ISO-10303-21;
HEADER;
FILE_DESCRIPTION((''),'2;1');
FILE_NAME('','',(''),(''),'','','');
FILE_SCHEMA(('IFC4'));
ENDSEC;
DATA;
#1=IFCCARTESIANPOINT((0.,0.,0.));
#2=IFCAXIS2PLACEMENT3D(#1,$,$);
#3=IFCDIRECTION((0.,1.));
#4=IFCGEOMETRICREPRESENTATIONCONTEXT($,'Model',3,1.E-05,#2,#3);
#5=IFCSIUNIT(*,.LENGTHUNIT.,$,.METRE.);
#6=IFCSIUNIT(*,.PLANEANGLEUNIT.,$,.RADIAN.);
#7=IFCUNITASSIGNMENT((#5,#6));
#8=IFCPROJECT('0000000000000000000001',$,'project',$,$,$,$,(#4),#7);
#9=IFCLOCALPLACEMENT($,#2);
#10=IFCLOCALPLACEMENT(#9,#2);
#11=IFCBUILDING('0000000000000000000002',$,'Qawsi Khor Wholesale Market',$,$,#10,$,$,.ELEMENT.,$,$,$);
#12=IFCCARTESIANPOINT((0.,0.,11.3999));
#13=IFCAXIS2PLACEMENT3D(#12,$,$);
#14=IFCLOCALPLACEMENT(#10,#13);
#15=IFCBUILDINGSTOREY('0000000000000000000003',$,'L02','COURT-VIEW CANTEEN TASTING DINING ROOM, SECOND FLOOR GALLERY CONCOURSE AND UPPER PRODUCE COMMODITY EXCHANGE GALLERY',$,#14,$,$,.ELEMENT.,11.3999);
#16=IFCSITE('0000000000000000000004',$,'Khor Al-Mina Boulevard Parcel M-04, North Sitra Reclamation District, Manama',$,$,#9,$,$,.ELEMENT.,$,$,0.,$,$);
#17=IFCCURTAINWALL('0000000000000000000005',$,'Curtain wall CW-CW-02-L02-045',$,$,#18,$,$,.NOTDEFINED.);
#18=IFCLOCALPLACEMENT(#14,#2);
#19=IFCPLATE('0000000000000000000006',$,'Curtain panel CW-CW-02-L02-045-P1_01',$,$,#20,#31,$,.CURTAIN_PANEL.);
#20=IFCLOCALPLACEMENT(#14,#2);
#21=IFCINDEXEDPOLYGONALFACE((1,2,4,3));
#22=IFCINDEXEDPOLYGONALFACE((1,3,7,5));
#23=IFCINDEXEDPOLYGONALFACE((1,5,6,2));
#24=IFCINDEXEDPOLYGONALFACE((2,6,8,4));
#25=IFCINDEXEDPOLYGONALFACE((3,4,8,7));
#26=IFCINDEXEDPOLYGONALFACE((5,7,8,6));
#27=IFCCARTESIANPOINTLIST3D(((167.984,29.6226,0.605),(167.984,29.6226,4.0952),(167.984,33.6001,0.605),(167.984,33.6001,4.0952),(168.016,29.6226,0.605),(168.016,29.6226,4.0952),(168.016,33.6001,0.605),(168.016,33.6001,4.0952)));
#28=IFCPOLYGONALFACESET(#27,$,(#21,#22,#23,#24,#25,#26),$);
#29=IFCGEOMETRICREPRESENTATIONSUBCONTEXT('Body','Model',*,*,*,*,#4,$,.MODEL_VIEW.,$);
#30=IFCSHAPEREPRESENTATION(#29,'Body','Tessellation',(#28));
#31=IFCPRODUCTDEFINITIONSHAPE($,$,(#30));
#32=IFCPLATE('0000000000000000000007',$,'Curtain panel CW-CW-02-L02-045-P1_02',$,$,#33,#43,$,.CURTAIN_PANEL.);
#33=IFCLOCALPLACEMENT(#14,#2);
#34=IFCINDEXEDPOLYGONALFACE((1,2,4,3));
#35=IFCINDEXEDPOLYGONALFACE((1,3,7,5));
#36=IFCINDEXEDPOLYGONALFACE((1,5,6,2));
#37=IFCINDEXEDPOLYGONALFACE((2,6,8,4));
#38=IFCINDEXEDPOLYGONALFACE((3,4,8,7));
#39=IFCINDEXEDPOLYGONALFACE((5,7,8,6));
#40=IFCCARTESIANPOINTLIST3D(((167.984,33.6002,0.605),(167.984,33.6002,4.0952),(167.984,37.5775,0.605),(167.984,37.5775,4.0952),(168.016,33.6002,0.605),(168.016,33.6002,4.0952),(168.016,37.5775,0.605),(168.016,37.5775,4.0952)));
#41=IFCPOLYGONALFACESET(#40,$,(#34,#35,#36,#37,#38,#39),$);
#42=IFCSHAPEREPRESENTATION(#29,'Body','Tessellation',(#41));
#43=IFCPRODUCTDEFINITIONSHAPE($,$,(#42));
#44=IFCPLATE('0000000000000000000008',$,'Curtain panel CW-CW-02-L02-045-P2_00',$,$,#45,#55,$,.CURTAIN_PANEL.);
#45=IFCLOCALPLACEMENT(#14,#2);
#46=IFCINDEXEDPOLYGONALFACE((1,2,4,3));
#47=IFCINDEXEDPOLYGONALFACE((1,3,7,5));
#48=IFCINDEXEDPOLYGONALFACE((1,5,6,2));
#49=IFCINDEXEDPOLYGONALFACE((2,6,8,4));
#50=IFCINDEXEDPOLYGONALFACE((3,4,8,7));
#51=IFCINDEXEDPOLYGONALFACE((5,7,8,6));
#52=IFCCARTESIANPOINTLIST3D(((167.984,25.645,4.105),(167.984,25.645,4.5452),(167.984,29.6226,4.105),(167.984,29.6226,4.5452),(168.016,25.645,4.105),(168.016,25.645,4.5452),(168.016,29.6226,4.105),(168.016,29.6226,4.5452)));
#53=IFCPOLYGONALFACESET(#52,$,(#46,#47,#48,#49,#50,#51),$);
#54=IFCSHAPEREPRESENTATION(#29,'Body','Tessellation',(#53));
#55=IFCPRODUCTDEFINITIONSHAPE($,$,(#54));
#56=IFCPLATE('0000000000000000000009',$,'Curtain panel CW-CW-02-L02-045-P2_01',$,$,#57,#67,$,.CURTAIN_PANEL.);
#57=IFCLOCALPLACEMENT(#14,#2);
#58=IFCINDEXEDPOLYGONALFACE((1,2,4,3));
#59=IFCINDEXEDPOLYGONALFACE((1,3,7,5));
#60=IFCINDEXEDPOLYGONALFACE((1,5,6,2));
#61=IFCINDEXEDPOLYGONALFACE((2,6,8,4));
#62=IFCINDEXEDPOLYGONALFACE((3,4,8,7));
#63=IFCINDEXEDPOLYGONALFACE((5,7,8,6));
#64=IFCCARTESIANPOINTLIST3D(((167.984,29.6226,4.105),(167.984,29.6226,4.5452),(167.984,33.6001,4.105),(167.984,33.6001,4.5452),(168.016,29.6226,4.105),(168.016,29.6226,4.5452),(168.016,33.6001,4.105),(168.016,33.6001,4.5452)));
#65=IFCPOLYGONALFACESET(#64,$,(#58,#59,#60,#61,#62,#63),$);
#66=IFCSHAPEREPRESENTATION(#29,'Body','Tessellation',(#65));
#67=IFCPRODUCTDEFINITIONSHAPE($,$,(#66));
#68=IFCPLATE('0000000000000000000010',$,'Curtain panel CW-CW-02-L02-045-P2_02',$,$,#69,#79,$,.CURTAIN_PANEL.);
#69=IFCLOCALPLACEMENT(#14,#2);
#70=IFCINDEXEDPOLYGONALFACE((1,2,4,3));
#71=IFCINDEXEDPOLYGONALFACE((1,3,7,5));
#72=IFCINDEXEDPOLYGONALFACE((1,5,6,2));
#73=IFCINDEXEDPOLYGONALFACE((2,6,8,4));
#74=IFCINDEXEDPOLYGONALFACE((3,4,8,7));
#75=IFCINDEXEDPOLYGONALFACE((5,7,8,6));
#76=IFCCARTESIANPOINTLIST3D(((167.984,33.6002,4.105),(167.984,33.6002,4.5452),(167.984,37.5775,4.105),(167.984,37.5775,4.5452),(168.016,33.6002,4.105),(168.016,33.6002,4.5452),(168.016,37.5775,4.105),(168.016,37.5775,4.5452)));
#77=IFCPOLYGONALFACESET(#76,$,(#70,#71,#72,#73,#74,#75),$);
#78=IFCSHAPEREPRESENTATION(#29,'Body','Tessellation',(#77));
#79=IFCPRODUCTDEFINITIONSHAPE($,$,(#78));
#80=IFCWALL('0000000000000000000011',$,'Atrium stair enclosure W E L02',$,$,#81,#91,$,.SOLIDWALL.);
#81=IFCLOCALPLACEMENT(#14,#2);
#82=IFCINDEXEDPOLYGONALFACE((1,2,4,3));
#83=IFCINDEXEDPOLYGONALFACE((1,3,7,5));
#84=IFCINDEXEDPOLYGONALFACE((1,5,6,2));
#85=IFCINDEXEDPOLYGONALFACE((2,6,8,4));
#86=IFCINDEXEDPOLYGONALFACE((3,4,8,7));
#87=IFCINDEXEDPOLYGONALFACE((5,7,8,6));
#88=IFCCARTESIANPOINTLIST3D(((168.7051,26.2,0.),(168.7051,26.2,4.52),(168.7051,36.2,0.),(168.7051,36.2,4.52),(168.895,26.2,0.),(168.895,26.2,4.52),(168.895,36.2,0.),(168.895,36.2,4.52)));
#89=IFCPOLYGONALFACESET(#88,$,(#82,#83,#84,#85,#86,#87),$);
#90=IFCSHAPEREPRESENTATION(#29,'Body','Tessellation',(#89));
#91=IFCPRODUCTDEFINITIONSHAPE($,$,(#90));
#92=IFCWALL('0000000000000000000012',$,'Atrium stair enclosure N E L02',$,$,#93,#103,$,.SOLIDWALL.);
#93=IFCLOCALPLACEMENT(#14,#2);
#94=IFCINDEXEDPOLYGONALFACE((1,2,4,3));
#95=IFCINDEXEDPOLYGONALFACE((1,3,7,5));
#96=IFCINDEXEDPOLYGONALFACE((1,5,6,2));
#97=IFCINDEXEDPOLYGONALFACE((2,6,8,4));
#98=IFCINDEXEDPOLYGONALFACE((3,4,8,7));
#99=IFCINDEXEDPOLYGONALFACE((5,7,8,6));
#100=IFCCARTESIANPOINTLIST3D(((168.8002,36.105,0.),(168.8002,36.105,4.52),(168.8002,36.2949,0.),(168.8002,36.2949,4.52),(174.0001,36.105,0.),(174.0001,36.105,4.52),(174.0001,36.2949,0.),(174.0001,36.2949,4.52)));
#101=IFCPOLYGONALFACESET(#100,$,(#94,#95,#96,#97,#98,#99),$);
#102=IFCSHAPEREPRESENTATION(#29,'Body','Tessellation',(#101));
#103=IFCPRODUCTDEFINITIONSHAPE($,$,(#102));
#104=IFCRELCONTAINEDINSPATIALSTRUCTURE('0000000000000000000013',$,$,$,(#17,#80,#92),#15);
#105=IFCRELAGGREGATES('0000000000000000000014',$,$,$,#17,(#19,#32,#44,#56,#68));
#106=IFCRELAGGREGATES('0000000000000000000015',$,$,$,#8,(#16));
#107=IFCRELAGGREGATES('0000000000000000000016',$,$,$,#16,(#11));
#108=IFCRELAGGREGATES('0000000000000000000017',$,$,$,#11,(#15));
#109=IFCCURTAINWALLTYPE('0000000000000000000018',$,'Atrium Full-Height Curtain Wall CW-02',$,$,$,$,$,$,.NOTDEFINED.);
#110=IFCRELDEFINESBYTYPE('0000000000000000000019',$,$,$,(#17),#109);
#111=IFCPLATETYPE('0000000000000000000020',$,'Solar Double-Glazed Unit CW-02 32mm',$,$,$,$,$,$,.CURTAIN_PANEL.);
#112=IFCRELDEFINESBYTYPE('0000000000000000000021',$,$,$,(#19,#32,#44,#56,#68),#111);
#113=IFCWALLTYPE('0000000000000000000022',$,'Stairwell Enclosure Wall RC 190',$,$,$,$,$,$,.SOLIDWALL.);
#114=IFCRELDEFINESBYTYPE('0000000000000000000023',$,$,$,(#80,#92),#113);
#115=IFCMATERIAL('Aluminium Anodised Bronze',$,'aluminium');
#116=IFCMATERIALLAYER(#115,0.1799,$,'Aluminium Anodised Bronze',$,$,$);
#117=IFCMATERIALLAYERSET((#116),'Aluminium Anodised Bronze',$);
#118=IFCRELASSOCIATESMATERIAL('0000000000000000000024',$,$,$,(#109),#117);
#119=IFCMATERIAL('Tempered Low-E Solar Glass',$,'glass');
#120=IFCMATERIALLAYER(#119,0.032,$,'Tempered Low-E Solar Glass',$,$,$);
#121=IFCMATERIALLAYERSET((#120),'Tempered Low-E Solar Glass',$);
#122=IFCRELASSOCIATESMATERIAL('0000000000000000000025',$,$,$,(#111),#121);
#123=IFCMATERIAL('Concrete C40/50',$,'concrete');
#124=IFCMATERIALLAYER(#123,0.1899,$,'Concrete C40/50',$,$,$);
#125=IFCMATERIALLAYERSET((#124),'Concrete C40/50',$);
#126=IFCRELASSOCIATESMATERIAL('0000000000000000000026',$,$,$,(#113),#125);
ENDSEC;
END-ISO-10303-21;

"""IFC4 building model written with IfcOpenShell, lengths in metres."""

from ifc_helpers import new_model, si_unit, direction, frame, frame_2d, origin, place, context, subcontext, project, spatial, rectangle, extrude, material, layer, layer_set, type_object, element, aggregate, save


model = new_model("IFC4")

# Units and contexts
model_context = context("Model", 3, precision=1e-05, world=origin(), true_north=direction((0.0, 1.0)))
body_context = subcontext(model_context, "Body", "Model", "MODEL_VIEW")
ifc_project = project(units=[si_unit("LENGTHUNIT", "METRE"), si_unit("PLANEANGLEUNIT", "RADIAN")], contexts=[model_context])

# Site, building, storey
site_placement = place(None, origin())
site = spatial("IfcSite", under=ifc_project, at=site_placement, Name="Khor Al-Mina Boulevard Parcel M-04, North Sitra Reclamation District, Manama", CompositionType="ELEMENT", RefElevation=0.0)
building_placement = place(site_placement, origin())
building = spatial("IfcBuilding", under=site, at=building_placement, Name="Qawsi Khor Wholesale Market", CompositionType="ELEMENT")
storey_placement = place(building_placement, frame((0.0, 0.0, 11.3999)))
storey = spatial("IfcBuildingStorey", under=building, at=storey_placement, Name="L02", Description="COURT-VIEW CANTEEN TASTING DINING ROOM, SECOND FLOOR GALLERY CONCOURSE AND UPPER PRODUCE COMMODITY EXCHANGE GALLERY", CompositionType="ELEMENT", Elevation=11.3999)

# Curtain wall, plates
ifc_material_1 = material(Name="Aluminium Anodised Bronze", Category="aluminium")
ifc_layer_1 = layer(ifc_material_1, 0.1799, Name="Aluminium Anodised Bronze")
ifc_layer_set_1 = layer_set([ifc_layer_1], Name="Aluminium Anodised Bronze")
curtain_wall_type = type_object("IfcCurtainWallType", Name="Atrium Full-Height Curtain Wall CW-02", PredefinedType="NOTDEFINED", material=ifc_layer_set_1)
curtain_wall_placement = place(storey_placement, origin())
curtain_wall = element("IfcCurtainWall", 1, at=curtain_wall_placement, inside=storey, type_object=curtain_wall_type, Name="Curtain wall CW-CW-02-L02-045", PredefinedType="NOTDEFINED")
ifc_material_2 = material(Name="Tempered Low-E Solar Glass", Category="glass")
ifc_layer_2 = layer(ifc_material_2, 0.032, Name="Tempered Low-E Solar Glass")
ifc_layer_set_2 = layer_set([ifc_layer_2], Name="Tempered Low-E Solar Glass")
plate_type_1 = type_object("IfcPlateType", Name="Solar Double-Glazed Unit CW-02 32mm", PredefinedType="CURTAIN_PANEL", material=ifc_layer_set_2)
plate_1_placement = place(storey_placement, frame((168.0, 29.6226, 0.605), z_axis=(0.0, 0.0, 1.0), x_axis=(0.0, 1.0, 0.0)))
plate_1 = element("IfcPlate", 2, at=plate_1_placement, type_object=plate_type_1, Name="Curtain panel CW-CW-02-L02-045-P1_01", PredefinedType="CURTAIN_PANEL", context=body_context, shape_type="SweptSolid", body=[
    extrude(rectangle(XDim=3.9775, YDim=0.032, at=frame_2d((1.9888, 0.0))), origin(), (0.0, 0.0, 1.0), 3.4902),
])
plate_2_placement = place(storey_placement, frame((168.0, 33.6001, 0.605), z_axis=(0.0, 0.0, 1.0), x_axis=(0.0, 1.0, 0.0)))
plate_2 = element("IfcPlate", 3, at=plate_2_placement, type_object=plate_type_1, Name="Curtain panel CW-CW-02-L02-045-P1_02", PredefinedType="CURTAIN_PANEL", context=body_context, shape_type="SweptSolid", body=[
    extrude(rectangle(XDim=3.9773, YDim=0.032, at=frame_2d((1.9888, 0.0))), origin(), (0.0, 0.0, 1.0), 3.4902),
])
plate_3_placement = place(storey_placement, frame((168.0, 25.645, 4.105), z_axis=(0.0, 0.0, 1.0), x_axis=(0.0, 1.0, 0.0)))
plate_3 = element("IfcPlate", 4, at=plate_3_placement, type_object=plate_type_1, Name="Curtain panel CW-CW-02-L02-045-P2_00", PredefinedType="CURTAIN_PANEL", context=body_context, shape_type="SweptSolid", body=[
    extrude(rectangle(XDim=3.9775, YDim=0.032, at=frame_2d((1.9888, 0.0))), origin(), (0.0, 0.0, 1.0), 0.4402),
])
plate_4_placement = place(storey_placement, frame((168.0, 29.6226, 4.105), z_axis=(0.0, 0.0, 1.0), x_axis=(0.0, 1.0, 0.0)))
plate_4 = element("IfcPlate", 5, at=plate_4_placement, type_object=plate_type_1, Name="Curtain panel CW-CW-02-L02-045-P2_01", PredefinedType="CURTAIN_PANEL", context=body_context, shape_type="SweptSolid", body=[
    extrude(rectangle(XDim=3.9775, YDim=0.032, at=frame_2d((1.9888, 0.0))), origin(), (0.0, 0.0, 1.0), 0.4402),
])
plate_5_placement = place(storey_placement, frame((168.0, 33.6001, 4.105), z_axis=(0.0, 0.0, 1.0), x_axis=(0.0, 1.0, 0.0)))
plate_5 = element("IfcPlate", 6, at=plate_5_placement, type_object=plate_type_1, Name="Curtain panel CW-CW-02-L02-045-P2_02", PredefinedType="CURTAIN_PANEL", context=body_context, shape_type="SweptSolid", body=[
    extrude(rectangle(XDim=3.9773, YDim=0.032, at=frame_2d((1.9888, 0.0))), origin(), (0.0, 0.0, 1.0), 0.4402),
])
aggregate(curtain_wall, [plate_1, plate_2, plate_3, plate_4, plate_5])

# Walls
ifc_material_3 = material(Name="Concrete C40/50", Category="concrete")
ifc_layer_3 = layer(ifc_material_3, 0.1899, Name="Concrete C40/50")
ifc_layer_set_3 = layer_set([ifc_layer_3], Name="Concrete C40/50")
wall_type = type_object("IfcWallType", Name="Stairwell Enclosure Wall RC 190", PredefinedType="SOLIDWALL", material=ifc_layer_set_3)
wall_1_placement = place(storey_placement, frame((168.8, 26.2, 0.0), z_axis=(0.0, 0.0, 1.0), x_axis=(0.0, 1.0, 0.0)))
element("IfcWall", 7, at=wall_1_placement, inside=storey, type_object=wall_type, Name="Atrium stair enclosure W E L02", PredefinedType="SOLIDWALL", context=body_context, shape_type="SweptSolid", body=[
    extrude(rectangle(XDim=10.0, YDim=0.1899, at=frame_2d((5.0, 0.0))), origin(), (0.0, 0.0, 1.0), 4.52),
])
wall_2_placement = place(storey_placement, frame((168.8, 36.2, 0.0), z_axis=(0.0, 0.0, 1.0), x_axis=(1.0, 0.0, 0.0)))
element("IfcWall", 8, at=wall_2_placement, inside=storey, type_object=wall_type, Name="Atrium stair enclosure N E L02", PredefinedType="SOLIDWALL", context=body_context, shape_type="SweptSolid", body=[
    extrude(rectangle(XDim=5.2, YDim=0.1899, at=frame_2d((2.6001, 0.0))), origin(), (0.0, 0.0, 1.0), 4.52),
])

save(model, "model.ifc")
